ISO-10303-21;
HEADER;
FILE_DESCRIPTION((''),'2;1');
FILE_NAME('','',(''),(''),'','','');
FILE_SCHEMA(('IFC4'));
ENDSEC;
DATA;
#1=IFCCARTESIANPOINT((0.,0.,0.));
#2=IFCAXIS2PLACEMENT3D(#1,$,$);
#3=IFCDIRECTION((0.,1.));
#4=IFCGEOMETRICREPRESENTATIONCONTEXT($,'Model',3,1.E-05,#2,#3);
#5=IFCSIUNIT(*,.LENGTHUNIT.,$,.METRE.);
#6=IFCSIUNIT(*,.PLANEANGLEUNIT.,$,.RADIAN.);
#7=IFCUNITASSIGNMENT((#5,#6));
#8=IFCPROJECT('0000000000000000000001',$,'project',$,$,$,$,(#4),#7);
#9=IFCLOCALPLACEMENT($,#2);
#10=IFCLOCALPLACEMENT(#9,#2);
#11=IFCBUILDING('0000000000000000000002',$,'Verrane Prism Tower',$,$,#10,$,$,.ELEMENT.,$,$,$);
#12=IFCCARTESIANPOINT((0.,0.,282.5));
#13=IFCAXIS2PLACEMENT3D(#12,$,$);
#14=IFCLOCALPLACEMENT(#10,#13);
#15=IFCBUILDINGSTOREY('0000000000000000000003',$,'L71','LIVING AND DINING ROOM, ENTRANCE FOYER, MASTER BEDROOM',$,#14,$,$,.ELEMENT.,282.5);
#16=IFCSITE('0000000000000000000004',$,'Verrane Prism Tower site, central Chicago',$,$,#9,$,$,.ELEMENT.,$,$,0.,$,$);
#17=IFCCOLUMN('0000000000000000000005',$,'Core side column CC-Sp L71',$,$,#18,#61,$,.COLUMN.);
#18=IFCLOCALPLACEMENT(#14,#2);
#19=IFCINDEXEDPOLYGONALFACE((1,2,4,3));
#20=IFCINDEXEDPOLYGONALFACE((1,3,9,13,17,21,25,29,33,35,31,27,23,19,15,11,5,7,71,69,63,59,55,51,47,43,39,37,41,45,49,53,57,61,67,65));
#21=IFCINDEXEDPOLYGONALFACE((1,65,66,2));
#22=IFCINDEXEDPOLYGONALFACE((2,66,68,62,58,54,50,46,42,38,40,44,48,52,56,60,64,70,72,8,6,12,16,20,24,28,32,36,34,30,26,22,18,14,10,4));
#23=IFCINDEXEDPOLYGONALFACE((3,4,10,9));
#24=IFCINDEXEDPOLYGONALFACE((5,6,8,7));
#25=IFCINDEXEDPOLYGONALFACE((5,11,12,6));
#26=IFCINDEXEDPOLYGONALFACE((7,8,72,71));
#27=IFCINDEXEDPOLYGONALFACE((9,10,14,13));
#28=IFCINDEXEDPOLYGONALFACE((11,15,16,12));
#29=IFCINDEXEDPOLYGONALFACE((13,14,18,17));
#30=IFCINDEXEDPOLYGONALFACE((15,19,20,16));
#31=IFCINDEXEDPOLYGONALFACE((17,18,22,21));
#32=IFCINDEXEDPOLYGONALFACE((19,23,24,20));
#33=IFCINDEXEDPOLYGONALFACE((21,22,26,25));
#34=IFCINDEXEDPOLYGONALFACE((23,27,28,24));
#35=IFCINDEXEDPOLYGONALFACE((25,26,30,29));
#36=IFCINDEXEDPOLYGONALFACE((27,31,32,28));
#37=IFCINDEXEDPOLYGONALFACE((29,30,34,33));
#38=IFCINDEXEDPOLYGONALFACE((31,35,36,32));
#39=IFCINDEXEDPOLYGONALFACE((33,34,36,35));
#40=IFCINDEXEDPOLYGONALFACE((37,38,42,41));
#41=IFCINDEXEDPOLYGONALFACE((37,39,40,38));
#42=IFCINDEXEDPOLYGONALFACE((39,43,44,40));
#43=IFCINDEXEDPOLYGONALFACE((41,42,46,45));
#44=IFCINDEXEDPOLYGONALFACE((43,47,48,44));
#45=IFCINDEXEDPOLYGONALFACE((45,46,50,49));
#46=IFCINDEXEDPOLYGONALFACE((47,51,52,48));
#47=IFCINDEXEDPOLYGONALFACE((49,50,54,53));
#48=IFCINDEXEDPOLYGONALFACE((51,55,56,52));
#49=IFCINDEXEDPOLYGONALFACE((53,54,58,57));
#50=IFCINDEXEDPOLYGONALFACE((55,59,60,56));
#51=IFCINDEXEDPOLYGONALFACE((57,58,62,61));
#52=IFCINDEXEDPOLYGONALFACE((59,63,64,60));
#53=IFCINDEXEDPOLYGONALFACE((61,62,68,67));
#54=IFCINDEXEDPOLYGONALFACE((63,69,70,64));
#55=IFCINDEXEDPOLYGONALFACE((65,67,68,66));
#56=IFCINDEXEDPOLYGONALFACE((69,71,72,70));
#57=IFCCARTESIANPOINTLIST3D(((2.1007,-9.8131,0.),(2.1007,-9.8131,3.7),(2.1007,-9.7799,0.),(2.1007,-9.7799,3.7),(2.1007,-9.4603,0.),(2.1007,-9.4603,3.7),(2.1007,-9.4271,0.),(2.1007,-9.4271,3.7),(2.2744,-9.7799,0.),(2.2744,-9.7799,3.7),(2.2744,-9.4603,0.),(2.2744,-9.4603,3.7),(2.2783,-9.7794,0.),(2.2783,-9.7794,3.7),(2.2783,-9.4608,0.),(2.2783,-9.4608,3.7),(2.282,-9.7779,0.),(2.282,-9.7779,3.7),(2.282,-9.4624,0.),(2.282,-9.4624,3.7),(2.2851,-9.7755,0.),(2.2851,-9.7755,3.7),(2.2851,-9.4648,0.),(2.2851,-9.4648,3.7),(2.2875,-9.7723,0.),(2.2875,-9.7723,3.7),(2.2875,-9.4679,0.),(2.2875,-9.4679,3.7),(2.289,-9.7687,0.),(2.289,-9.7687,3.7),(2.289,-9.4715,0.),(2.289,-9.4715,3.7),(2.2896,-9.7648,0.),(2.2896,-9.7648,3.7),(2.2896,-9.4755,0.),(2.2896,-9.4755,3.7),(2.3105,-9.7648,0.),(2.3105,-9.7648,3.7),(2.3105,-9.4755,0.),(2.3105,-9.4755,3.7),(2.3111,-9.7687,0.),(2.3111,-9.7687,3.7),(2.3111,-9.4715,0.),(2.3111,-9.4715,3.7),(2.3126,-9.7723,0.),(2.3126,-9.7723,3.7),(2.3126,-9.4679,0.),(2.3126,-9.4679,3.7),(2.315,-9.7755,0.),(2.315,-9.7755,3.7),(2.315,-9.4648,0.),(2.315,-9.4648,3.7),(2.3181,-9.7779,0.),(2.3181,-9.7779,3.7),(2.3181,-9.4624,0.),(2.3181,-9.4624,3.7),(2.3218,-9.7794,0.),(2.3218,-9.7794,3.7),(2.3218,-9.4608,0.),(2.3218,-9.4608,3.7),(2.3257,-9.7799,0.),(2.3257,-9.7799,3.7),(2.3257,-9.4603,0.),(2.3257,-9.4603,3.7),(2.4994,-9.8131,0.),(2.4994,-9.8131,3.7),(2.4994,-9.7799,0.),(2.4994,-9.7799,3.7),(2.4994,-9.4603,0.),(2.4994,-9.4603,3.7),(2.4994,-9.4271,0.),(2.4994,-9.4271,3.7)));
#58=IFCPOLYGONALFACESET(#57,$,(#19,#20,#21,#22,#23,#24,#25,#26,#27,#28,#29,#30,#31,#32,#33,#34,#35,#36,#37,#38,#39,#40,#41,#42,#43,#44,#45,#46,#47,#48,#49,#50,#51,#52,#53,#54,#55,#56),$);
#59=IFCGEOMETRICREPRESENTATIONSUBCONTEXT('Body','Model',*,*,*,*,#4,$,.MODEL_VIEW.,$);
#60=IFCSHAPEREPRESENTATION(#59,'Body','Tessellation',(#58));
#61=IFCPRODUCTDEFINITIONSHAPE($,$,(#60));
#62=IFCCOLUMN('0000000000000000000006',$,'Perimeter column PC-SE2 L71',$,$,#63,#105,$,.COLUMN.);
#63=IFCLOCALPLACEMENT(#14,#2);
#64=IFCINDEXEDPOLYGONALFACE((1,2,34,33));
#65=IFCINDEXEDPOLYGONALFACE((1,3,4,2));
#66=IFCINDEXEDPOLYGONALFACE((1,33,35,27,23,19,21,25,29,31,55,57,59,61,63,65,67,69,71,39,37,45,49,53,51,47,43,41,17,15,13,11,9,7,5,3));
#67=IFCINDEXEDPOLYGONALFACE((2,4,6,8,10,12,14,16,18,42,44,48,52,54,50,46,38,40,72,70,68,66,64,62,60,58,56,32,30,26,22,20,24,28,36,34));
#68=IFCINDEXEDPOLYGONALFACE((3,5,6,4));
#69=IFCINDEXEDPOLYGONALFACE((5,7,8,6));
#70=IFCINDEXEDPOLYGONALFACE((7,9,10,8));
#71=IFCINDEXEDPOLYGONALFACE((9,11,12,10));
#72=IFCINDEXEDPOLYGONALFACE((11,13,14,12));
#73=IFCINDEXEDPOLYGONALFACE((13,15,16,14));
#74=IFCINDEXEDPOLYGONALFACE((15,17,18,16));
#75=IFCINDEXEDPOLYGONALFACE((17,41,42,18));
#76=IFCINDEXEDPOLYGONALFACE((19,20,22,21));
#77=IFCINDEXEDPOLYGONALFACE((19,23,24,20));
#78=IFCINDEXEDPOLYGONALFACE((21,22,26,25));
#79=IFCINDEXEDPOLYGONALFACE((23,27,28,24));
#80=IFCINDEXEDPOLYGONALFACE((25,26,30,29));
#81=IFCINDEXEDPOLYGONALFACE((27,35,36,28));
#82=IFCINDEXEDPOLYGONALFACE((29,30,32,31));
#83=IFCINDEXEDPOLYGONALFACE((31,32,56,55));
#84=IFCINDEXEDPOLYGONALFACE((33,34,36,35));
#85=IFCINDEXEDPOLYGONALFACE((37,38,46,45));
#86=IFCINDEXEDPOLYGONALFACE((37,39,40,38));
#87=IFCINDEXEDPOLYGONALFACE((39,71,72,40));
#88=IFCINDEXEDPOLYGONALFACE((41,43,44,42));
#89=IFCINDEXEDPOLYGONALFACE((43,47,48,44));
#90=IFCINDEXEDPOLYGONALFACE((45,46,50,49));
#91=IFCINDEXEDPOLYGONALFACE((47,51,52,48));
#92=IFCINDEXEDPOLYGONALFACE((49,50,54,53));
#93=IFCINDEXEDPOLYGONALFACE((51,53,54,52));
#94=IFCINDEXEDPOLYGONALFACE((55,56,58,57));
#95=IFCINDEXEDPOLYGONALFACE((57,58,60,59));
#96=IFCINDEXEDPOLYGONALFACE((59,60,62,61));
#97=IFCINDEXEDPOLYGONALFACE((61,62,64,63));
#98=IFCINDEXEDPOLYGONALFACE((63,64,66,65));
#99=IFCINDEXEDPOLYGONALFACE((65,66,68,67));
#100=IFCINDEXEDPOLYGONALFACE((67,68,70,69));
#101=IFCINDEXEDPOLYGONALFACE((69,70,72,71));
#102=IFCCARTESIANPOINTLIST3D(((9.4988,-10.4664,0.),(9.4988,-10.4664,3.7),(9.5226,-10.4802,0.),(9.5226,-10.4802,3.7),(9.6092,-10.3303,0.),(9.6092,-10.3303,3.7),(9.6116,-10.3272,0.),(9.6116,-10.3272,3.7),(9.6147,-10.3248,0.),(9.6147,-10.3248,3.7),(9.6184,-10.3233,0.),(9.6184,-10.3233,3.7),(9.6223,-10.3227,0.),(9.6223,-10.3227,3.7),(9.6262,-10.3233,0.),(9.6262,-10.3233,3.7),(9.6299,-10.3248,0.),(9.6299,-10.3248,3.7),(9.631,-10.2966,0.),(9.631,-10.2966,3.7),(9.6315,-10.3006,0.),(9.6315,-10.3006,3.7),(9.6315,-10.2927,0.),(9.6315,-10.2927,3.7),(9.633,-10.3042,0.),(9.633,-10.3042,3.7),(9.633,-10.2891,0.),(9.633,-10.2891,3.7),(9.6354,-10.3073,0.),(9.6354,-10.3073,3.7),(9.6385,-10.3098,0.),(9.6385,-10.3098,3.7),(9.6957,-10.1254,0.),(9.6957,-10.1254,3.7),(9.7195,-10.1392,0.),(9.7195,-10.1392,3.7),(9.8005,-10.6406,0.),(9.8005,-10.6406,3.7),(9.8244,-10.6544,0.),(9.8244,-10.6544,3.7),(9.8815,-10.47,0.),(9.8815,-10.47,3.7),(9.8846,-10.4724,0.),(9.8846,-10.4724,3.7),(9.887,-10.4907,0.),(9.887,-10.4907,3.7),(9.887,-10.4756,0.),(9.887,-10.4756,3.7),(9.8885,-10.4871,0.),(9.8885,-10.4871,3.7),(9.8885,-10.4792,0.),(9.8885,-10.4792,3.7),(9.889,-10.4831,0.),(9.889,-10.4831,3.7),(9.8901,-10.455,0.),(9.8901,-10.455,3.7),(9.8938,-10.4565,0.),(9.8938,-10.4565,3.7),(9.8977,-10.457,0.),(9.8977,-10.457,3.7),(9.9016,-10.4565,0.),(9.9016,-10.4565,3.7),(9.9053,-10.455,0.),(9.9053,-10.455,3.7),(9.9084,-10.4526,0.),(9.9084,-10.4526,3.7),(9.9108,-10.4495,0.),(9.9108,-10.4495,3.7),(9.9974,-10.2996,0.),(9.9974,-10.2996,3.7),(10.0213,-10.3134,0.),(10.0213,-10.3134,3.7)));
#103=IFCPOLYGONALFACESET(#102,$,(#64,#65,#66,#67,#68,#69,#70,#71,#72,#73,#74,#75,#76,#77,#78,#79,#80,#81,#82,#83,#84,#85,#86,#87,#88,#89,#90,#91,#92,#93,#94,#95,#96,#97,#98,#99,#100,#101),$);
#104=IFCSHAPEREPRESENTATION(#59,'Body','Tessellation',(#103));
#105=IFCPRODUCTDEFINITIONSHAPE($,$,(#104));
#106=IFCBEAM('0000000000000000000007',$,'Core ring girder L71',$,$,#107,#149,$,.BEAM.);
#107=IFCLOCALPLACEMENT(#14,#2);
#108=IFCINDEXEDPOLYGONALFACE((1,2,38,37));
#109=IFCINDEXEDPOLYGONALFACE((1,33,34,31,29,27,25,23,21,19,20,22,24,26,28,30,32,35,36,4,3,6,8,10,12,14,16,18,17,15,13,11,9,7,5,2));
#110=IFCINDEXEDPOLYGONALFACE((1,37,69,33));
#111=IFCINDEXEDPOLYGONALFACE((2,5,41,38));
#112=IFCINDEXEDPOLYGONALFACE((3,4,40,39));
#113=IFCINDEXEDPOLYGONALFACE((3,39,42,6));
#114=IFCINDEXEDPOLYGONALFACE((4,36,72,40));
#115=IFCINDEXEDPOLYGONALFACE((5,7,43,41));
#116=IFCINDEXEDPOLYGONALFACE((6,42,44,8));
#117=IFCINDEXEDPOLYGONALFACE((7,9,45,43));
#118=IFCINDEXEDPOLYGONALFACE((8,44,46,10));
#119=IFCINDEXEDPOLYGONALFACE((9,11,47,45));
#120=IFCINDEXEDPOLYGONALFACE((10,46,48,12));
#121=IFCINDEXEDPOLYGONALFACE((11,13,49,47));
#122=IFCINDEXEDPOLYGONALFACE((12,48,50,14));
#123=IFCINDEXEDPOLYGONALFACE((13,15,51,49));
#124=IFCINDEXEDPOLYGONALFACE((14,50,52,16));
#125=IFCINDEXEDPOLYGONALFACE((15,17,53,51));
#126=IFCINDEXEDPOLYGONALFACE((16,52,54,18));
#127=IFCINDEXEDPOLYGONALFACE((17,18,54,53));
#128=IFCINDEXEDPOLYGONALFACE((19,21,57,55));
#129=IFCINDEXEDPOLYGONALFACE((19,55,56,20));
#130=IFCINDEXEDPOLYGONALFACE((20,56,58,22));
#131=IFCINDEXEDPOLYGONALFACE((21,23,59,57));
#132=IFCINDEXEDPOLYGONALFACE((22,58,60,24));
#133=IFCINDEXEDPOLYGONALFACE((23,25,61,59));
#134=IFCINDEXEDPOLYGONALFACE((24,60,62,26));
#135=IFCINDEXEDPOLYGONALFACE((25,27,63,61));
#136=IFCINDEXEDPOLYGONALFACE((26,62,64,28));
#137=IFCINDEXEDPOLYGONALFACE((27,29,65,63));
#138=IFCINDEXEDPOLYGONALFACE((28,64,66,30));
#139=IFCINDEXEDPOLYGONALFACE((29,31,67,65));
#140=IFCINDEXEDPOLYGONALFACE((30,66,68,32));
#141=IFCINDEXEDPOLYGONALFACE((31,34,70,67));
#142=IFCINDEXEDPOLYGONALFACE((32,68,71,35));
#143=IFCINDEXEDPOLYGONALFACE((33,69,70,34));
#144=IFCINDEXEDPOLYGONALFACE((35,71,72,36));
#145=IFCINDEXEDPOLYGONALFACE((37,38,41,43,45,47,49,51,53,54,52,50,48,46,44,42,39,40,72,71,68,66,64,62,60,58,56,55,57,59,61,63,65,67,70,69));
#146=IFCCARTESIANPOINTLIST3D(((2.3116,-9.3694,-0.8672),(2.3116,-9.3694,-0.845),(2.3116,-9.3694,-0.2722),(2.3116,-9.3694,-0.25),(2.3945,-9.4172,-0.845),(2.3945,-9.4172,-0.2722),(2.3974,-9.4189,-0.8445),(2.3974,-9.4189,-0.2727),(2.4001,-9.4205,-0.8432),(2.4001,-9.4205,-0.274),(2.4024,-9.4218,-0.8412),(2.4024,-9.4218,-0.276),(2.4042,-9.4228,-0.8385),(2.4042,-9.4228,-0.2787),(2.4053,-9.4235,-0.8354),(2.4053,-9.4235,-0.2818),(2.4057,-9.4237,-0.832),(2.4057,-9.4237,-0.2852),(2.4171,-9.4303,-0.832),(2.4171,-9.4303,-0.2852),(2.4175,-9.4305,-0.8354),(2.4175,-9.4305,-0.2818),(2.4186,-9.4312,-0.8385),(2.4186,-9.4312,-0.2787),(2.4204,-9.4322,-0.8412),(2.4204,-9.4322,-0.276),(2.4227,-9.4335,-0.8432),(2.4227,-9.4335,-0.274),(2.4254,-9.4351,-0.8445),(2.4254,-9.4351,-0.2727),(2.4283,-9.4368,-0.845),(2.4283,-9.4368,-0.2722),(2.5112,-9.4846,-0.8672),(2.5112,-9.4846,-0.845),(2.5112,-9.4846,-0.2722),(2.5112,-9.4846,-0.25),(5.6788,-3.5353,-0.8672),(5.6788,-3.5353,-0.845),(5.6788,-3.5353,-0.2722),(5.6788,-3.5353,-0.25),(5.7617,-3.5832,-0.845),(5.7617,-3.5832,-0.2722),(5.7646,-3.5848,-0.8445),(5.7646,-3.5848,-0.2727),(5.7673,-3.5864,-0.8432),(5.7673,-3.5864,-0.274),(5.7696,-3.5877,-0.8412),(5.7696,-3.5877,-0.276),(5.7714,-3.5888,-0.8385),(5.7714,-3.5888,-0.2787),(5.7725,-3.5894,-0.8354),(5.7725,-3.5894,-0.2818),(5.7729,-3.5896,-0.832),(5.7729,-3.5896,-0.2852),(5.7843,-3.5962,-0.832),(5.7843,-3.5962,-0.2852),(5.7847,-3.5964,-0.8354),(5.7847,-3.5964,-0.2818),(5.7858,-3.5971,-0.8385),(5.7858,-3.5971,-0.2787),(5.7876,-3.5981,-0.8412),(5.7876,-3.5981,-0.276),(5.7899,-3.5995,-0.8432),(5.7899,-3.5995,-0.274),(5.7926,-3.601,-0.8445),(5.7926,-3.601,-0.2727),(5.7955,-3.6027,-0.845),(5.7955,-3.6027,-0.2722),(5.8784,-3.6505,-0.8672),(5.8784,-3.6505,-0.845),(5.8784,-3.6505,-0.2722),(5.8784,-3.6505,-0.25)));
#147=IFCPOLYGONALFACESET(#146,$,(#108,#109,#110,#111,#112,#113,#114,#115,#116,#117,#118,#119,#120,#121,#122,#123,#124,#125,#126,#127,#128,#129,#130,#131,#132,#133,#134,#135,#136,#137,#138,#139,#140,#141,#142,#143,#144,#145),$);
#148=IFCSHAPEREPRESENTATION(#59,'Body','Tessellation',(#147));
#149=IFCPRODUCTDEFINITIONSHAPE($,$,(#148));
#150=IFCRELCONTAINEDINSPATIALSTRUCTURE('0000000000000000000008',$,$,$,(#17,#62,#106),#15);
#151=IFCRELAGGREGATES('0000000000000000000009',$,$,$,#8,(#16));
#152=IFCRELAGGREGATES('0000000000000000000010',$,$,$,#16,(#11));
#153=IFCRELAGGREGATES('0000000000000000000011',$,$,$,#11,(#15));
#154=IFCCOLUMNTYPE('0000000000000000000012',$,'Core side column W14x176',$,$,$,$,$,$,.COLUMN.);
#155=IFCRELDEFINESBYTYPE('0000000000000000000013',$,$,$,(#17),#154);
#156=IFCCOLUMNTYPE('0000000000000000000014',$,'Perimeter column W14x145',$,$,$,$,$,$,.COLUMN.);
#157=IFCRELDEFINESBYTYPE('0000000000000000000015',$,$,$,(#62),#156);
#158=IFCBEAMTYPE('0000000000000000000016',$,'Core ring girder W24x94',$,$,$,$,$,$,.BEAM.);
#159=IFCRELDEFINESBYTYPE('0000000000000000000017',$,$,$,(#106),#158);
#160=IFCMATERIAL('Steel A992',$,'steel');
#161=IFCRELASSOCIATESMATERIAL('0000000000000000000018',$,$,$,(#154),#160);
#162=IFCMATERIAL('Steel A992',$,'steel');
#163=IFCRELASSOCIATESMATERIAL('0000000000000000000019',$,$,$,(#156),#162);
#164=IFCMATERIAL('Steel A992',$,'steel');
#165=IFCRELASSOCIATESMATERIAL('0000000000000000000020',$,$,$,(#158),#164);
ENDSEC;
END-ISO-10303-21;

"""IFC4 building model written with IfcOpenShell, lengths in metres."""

from ifc_helpers import new_model, si_unit, direction, frame, origin, origin_2d, place, context, subcontext, project, spatial, i_section, extrude, material, material_profile, profile_set, type_object, element, save


model = new_model("IFC4")

# Units and contexts
model_context = context("Model", 3, precision=1e-05, world=origin(), true_north=direction((0.0, 1.0)))
body_context = subcontext(model_context, "Body", "Model", "MODEL_VIEW")
ifc_project = project(units=[si_unit("LENGTHUNIT", "METRE"), si_unit("PLANEANGLEUNIT", "RADIAN")], contexts=[model_context])

# Site, building, storey
site_placement = place(None, origin())
site = spatial("IfcSite", under=ifc_project, at=site_placement, Name="Verrane Prism Tower site, central Chicago", CompositionType="ELEMENT", RefElevation=0.0)
building_placement = place(site_placement, origin())
building = spatial("IfcBuilding", under=site, at=building_placement, Name="Verrane Prism Tower", CompositionType="ELEMENT")
storey_placement = place(building_placement, frame((0.0, 0.0, 282.5)))
storey = spatial("IfcBuildingStorey", under=building, at=storey_placement, Name="L71", Description="LIVING AND DINING ROOM, ENTRANCE FOYER, MASTER BEDROOM", CompositionType="ELEMENT", Elevation=282.5)

# Columns
ifc_material_1 = material(Name="Steel A992", Category="steel")
ifc_material_profile_1 = material_profile(ifc_material_1, i_section(OverallWidth=0.3987, OverallDepth=0.386, WebThickness=0.021, FlangeThickness=0.0332, FilletRadius=0.0151, at=origin_2d()), Name="W14x176")
ifc_profile_set_1 = profile_set([ifc_material_profile_1], Name="Steel A992")
column_type_1 = type_object("IfcColumnType", Name="Core side column W14x176", PredefinedType="COLUMN", material=ifc_profile_set_1)
column_1_placement = place(storey_placement, frame((2.3, -9.6201, 0.0), z_axis=(0.0, 0.0, 1.0), x_axis=(1.0, 0.0, 0.0)))
element("IfcColumn", 1, at=column_1_placement, inside=storey, type_object=column_type_1, Name="Core side column CC-Sp L71", PredefinedType="COLUMN", context=body_context, shape_type="SweptSolid", body=[
    extrude(i_section(OverallWidth=0.3987, OverallDepth=0.386, WebThickness=0.021, FlangeThickness=0.0332, FilletRadius=0.0151, at=origin_2d()), origin(), (0.0, 0.0, 1.0), 3.7),
])
ifc_material_2 = material(Name="Steel A992", Category="steel")
ifc_material_profile_2 = material_profile(ifc_material_2, i_section(OverallWidth=0.3938, OverallDepth=0.376, WebThickness=0.0173, FlangeThickness=0.0276, FilletRadius=0.0151, at=origin_2d()), Name="W14x145")
ifc_profile_set_2 = profile_set([ifc_material_profile_2], Name="Steel A992")
column_type_2 = type_object("IfcColumnType", Name="Perimeter column W14x145", PredefinedType="COLUMN", material=ifc_profile_set_2)
column_2_placement = place(storey_placement, frame((9.76, -10.3899, 0.0), z_axis=(0.0, 0.0, 1.0), x_axis=(-0.5, -0.866025, 0.0)))
element("IfcColumn", 2, at=column_2_placement, inside=storey, type_object=column_type_2, Name="Perimeter column PC-SE2 L71", PredefinedType="COLUMN", context=body_context, shape_type="SweptSolid", body=[
    extrude(i_section(OverallWidth=0.3938, OverallDepth=0.376, WebThickness=0.0173, FlangeThickness=0.0276, FilletRadius=0.0151, at=origin_2d()), origin(), (0.0, 0.0, 1.0), 3.7),
])

# Beam
ifc_material_3 = material(Name="Steel A992", Category="steel")
ifc_material_profile_3 = material_profile(ifc_material_3, i_section(OverallWidth=0.2305, OverallDepth=0.6172, WebThickness=0.0132, FlangeThickness=0.0222, FilletRadius=0.0129, at=origin_2d()), Name="W24x94")
ifc_profile_set_3 = profile_set([ifc_material_profile_3], Name="Steel A992")
beam_type_1 = type_object("IfcBeamType", Name="Core ring girder W24x94", PredefinedType="BEAM", material=ifc_profile_set_3)
beam_1_placement = place(storey_placement, frame((2.4114, -9.427, -0.5586), z_axis=(0.499881, 0.866094, 0.0), x_axis=(-0.866094, 0.499881, 0.0)))
element("IfcBeam", 3, at=beam_1_placement, inside=storey, type_object=beam_type_1, Name="Core ring girder L71", PredefinedType="BEAM", context=body_context, shape_type="SweptSolid", body=[
    extrude(i_section(OverallWidth=0.2305, OverallDepth=0.6172, WebThickness=0.0132, FlangeThickness=0.0222, FilletRadius=0.0129, at=origin_2d()), origin(), (0.0, 0.0, 1.0), 6.7361),
])

save(model, "model.ifc")
